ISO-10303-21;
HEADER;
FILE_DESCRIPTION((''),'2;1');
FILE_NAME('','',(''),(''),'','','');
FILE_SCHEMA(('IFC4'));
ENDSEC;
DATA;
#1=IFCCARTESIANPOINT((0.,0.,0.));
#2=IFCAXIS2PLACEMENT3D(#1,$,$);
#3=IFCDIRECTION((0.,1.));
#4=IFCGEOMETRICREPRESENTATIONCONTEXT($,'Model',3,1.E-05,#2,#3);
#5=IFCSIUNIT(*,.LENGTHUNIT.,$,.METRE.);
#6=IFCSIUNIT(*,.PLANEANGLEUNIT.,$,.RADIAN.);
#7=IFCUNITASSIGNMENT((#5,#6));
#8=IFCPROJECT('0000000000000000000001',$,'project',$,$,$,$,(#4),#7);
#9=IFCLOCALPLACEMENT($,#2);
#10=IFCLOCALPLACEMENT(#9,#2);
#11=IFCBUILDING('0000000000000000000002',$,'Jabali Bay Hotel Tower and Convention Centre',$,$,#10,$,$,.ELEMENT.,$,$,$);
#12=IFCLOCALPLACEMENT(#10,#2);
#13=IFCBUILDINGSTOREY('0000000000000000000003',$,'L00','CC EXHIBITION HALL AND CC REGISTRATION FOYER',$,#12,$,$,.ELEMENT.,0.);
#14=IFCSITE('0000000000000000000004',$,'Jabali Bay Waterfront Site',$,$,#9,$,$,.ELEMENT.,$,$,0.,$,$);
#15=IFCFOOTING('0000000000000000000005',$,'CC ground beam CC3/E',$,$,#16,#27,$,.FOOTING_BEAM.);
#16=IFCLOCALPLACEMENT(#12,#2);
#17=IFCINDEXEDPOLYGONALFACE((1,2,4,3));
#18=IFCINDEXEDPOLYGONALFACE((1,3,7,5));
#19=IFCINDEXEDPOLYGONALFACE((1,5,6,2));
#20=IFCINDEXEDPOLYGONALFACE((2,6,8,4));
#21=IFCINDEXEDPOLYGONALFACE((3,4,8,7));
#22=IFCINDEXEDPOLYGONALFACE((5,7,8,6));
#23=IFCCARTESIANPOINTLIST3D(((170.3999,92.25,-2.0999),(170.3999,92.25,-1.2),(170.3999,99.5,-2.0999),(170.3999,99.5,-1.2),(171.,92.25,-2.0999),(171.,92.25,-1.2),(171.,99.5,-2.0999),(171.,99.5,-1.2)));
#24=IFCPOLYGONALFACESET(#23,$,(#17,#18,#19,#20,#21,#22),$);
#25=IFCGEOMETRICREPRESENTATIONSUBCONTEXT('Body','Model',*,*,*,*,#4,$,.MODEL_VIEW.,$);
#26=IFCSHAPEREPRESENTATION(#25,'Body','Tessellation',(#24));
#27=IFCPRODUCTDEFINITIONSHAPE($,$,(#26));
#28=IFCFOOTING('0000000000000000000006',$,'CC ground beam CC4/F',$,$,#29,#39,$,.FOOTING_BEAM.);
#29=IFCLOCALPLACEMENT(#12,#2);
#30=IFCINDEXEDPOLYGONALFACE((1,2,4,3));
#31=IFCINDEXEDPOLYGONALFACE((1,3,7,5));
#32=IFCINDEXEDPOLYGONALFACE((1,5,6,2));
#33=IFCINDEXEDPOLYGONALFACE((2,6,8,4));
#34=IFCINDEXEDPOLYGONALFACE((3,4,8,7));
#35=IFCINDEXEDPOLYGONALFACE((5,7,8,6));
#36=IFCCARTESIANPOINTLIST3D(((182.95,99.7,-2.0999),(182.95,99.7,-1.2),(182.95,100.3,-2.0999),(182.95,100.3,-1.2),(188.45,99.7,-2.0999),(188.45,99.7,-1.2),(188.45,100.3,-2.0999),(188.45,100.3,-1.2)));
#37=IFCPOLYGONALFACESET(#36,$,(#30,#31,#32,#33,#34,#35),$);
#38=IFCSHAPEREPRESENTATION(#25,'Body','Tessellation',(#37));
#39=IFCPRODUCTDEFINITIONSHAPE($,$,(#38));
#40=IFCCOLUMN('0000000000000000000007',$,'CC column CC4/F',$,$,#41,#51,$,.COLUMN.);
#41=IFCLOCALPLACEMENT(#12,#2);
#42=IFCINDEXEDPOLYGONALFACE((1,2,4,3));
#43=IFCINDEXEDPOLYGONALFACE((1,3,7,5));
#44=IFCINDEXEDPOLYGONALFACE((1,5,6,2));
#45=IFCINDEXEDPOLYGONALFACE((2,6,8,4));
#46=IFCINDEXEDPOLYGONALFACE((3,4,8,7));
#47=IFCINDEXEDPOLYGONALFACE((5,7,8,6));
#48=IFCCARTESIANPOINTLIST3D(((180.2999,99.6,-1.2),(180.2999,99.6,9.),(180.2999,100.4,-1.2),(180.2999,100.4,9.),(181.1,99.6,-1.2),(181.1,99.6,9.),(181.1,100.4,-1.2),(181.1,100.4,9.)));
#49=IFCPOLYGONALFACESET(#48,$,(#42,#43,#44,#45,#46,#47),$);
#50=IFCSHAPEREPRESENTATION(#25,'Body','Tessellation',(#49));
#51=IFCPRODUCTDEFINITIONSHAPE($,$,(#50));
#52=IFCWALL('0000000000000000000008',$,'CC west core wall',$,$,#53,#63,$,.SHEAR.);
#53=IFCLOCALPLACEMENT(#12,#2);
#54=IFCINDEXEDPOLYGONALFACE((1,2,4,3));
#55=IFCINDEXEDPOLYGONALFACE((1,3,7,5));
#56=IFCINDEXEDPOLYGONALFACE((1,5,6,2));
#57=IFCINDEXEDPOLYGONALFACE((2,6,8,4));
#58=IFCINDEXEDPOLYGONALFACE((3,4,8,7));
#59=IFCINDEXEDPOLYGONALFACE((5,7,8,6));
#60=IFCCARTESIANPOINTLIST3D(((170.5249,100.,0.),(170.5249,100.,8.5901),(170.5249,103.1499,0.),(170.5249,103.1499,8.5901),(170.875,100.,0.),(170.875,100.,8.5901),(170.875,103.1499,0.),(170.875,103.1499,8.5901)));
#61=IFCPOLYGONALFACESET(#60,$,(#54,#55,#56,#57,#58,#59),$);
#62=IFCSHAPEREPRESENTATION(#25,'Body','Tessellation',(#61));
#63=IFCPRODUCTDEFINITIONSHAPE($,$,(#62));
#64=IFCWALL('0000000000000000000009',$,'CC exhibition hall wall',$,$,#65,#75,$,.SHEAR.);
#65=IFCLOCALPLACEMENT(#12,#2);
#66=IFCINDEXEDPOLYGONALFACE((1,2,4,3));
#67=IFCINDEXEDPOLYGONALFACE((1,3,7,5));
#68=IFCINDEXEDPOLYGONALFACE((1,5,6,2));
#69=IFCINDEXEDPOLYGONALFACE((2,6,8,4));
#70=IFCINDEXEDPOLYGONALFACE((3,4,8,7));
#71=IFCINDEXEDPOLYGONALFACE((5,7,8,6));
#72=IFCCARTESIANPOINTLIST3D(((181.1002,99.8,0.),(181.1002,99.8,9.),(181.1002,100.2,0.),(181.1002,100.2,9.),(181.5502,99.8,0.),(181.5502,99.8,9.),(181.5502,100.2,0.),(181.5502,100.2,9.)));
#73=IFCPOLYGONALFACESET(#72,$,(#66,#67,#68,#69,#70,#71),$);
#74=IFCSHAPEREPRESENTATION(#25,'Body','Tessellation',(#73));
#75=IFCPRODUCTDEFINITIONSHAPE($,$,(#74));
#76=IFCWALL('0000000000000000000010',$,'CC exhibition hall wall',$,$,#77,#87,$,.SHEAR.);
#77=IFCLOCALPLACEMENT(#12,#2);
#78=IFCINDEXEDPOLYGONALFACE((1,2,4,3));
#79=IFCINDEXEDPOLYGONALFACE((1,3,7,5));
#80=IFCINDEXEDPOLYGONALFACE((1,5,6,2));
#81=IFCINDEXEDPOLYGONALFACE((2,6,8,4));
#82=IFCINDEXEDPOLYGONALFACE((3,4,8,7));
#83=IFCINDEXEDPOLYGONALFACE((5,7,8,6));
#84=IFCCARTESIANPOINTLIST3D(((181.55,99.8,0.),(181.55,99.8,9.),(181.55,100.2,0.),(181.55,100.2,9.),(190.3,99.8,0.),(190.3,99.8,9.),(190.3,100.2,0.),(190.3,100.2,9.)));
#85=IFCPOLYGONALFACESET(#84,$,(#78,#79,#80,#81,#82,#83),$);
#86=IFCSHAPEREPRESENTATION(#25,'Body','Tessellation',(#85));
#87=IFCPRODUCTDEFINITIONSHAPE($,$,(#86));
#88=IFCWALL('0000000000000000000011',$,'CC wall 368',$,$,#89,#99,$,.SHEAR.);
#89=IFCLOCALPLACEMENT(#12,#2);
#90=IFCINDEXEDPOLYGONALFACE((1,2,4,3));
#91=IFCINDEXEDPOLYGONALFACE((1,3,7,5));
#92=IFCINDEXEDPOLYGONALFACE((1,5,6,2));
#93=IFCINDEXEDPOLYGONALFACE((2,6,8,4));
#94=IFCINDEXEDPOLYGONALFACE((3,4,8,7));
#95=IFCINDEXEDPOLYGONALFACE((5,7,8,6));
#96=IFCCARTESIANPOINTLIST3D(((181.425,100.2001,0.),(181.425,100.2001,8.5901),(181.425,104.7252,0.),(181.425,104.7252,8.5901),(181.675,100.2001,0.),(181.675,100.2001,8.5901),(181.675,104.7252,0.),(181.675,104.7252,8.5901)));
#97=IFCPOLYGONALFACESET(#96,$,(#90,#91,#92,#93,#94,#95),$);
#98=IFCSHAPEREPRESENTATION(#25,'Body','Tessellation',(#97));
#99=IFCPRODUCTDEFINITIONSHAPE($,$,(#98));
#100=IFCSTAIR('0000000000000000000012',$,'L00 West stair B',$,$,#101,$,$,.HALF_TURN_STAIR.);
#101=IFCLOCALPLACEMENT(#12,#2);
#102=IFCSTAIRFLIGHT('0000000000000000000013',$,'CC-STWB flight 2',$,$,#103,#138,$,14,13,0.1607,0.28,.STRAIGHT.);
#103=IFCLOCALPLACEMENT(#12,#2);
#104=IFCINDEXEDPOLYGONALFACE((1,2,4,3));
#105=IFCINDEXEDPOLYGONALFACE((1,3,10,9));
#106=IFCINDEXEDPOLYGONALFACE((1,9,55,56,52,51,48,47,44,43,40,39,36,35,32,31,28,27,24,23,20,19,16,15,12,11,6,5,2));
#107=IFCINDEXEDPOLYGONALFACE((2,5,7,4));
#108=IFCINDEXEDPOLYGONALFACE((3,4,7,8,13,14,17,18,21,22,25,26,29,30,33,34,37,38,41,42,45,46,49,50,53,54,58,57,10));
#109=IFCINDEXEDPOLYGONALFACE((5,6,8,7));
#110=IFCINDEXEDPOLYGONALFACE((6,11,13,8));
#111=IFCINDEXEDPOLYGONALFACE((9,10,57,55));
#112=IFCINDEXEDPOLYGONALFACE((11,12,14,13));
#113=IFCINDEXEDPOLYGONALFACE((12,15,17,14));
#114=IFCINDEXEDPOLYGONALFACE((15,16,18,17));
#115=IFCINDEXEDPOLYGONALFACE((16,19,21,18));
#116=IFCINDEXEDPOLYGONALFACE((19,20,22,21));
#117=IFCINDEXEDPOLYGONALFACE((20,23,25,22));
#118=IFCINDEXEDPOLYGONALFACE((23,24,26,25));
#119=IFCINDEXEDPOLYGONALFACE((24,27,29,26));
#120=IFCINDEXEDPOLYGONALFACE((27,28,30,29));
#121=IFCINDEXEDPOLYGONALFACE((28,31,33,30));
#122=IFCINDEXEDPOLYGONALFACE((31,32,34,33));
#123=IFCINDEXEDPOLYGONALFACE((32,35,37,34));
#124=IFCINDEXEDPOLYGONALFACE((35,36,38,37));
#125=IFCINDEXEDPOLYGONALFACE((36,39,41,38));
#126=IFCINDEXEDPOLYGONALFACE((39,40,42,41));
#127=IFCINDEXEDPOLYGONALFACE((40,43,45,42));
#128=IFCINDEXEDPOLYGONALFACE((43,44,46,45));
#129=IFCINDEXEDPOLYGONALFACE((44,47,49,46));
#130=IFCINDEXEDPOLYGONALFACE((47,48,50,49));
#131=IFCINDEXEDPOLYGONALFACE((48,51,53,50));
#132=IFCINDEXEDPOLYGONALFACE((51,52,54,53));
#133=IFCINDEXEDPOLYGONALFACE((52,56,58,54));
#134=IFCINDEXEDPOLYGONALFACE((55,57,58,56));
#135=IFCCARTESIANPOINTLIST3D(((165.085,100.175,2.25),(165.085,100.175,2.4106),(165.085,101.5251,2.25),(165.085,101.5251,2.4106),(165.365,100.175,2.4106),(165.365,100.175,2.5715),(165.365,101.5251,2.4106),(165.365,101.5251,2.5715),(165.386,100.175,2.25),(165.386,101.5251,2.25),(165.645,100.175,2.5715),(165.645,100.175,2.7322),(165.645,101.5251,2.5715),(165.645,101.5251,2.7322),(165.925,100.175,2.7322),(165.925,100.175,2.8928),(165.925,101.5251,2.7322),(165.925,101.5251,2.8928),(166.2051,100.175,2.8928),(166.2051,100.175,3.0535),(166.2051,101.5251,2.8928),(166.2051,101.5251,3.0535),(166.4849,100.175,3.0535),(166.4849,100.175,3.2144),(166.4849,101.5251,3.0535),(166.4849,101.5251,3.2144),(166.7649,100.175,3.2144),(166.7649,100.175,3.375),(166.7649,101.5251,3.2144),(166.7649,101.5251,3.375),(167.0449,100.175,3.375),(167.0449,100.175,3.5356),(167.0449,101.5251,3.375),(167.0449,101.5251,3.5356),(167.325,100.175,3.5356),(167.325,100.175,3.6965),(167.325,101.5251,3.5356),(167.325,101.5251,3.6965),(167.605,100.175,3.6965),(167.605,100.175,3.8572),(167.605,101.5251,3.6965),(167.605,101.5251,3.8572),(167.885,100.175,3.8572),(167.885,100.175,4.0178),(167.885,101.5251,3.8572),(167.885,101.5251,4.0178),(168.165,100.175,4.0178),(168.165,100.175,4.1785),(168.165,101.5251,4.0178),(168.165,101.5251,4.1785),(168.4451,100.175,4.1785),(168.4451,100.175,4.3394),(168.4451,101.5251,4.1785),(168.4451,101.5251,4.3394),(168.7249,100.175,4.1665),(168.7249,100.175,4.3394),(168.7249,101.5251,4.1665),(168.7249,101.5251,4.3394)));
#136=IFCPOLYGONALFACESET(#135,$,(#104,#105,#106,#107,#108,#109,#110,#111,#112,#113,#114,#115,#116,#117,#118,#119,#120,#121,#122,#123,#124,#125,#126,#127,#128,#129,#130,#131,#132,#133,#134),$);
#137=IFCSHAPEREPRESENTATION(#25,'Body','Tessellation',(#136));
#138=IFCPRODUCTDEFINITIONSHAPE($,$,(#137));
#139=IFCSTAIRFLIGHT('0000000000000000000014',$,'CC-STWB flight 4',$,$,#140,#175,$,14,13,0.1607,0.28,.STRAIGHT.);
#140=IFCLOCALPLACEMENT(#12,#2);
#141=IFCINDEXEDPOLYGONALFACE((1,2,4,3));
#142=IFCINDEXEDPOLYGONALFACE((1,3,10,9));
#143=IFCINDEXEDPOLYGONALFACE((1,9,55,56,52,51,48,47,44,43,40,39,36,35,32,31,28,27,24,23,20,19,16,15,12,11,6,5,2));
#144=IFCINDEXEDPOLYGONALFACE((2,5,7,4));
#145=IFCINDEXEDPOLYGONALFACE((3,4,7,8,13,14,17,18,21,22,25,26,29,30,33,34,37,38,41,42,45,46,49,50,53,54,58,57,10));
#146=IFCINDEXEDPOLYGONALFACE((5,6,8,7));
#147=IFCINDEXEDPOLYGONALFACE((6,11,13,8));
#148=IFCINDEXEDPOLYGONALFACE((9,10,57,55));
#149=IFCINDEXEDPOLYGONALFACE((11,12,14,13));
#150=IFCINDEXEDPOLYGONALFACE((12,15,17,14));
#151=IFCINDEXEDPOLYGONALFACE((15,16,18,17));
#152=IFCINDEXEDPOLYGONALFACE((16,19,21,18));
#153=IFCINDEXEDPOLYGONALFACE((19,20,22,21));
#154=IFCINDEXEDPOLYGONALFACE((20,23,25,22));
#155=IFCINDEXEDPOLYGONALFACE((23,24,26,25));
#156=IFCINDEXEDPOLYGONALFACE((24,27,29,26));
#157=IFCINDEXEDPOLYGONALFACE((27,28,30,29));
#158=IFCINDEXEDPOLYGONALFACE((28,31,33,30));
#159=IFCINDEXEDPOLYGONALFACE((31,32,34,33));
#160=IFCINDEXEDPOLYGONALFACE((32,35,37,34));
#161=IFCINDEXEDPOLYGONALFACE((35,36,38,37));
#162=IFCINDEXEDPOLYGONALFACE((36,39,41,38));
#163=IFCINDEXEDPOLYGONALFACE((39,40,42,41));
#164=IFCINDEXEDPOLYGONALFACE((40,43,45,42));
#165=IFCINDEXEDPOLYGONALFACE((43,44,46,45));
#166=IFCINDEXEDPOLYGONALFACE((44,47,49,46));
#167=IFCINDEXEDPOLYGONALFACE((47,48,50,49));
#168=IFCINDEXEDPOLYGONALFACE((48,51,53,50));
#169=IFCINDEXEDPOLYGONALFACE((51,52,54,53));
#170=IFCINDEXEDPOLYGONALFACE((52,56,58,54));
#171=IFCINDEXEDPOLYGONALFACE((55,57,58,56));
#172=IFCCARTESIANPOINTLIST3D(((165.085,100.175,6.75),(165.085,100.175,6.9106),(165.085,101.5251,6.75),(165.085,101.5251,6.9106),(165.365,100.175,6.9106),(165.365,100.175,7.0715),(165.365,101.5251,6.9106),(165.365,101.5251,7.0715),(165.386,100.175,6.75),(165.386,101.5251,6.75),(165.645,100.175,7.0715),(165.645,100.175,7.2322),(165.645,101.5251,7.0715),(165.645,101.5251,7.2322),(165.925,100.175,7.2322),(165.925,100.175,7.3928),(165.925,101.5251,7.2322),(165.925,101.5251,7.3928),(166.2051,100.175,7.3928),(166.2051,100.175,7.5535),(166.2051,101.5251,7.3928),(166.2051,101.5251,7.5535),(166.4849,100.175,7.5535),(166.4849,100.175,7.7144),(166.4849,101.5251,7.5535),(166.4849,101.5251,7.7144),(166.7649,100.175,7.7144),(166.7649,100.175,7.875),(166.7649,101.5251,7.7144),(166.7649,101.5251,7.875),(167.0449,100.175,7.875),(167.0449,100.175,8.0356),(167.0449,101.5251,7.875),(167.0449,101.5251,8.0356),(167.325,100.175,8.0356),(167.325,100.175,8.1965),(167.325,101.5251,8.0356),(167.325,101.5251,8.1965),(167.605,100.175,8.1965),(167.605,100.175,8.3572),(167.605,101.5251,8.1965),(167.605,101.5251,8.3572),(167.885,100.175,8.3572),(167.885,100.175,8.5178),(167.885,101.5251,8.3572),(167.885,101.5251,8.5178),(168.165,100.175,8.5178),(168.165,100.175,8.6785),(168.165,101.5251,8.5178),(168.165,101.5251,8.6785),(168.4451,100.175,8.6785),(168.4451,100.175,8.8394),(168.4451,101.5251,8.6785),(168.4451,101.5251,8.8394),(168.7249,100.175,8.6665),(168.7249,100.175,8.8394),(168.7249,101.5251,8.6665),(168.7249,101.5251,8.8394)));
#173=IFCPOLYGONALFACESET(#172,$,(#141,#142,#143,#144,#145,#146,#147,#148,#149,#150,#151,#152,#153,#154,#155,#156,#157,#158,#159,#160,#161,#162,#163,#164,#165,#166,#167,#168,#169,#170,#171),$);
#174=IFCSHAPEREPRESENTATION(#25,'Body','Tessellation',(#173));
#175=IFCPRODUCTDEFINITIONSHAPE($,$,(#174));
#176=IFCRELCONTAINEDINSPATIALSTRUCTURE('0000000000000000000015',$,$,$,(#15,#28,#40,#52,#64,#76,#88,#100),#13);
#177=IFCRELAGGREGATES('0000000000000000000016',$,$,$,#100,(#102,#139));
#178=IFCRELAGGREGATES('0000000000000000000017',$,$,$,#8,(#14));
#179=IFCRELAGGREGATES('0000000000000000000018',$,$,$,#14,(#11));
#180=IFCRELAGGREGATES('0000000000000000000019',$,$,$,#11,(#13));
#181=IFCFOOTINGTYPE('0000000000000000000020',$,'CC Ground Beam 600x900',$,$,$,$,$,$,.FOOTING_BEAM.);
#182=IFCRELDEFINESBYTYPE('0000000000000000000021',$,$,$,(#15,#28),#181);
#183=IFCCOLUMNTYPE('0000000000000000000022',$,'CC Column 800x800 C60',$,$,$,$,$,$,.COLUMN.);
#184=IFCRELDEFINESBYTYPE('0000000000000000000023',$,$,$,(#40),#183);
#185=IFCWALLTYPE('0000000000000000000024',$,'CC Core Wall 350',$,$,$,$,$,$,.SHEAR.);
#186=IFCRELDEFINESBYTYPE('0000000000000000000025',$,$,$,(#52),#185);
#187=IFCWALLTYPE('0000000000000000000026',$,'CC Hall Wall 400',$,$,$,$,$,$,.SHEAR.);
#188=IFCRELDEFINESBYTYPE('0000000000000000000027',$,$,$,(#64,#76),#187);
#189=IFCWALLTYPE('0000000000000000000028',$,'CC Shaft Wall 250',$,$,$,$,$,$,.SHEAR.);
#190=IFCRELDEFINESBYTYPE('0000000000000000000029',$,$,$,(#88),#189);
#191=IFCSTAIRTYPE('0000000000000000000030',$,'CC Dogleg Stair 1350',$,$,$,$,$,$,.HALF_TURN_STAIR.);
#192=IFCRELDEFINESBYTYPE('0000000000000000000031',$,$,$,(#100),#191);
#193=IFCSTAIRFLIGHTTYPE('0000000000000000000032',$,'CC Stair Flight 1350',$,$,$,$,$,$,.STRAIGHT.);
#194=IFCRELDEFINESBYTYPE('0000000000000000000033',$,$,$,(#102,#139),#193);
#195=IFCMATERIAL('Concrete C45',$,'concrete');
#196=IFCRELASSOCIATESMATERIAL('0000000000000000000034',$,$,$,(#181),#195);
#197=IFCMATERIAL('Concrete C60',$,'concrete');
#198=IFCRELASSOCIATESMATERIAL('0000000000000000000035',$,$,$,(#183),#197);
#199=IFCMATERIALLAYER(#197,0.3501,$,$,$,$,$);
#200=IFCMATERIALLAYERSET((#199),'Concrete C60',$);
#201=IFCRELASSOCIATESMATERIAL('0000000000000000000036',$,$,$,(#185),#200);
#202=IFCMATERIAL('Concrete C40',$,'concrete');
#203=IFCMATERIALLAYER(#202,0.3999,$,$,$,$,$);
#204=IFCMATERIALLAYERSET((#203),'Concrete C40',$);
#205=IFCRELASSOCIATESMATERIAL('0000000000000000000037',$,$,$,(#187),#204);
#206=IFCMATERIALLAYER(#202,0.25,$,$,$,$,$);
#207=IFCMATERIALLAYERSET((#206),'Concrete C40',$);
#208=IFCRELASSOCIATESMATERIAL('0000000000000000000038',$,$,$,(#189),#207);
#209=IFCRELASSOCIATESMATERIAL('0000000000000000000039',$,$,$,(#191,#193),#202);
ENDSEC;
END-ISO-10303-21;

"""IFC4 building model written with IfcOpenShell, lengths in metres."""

from ifc_helpers import new_model, si_unit, direction, frame, frame_2d, origin, origin_2d, place, context, subcontext, project, spatial, polyline, rectangle, outline, extrude, material, layer, layer_set, material_profile, profile_set, type_object, element, aggregate, save


model = new_model("IFC4")

# Units and contexts
model_context = context("Model", 3, precision=1e-05, world=origin(), true_north=direction((0.0, 1.0)))
body_context = subcontext(model_context, "Body", "Model", "MODEL_VIEW")
ifc_project = project(units=[si_unit("LENGTHUNIT", "METRE"), si_unit("PLANEANGLEUNIT", "RADIAN")], contexts=[model_context])

# Site, building, storey
site_placement = place(None, origin())
site = spatial("IfcSite", under=ifc_project, at=site_placement, Name="Jabali Bay Waterfront Site", CompositionType="ELEMENT", RefElevation=0.0)
building_placement = place(site_placement, origin())
building = spatial("IfcBuilding", under=site, at=building_placement, Name="Jabali Bay Hotel Tower and Convention Centre", CompositionType="ELEMENT")
storey_placement = place(building_placement, origin())
storey = spatial("IfcBuildingStorey", under=building, at=storey_placement, Name="L00", Description="CC EXHIBITION HALL AND CC REGISTRATION FOYER", CompositionType="ELEMENT", Elevation=0.0)

# Shared definitions
ifc_material_1 = material(Name="Concrete C45", Category="concrete")

# Footings
ifc_material_profile_1 = material_profile(ifc_material_1, rectangle(XDim=0.6001, YDim=0.8999, at=origin_2d()), Name="RC 600x900")
ifc_profile_set_1 = profile_set([ifc_material_profile_1], Name="Concrete C45")
footing_type = type_object("IfcFootingType", Name="CC Ground Beam 600x900", PredefinedType="FOOTING_BEAM", material=ifc_profile_set_1)
footing_1_placement = place(storey_placement, frame((170.7, 92.25, -1.6499), z_axis=(0.0, 1.0, 0.0), x_axis=(-1.0, 0.0, 0.0)))
element("IfcFooting", 1, at=footing_1_placement, inside=storey, type_object=footing_type, Name="CC ground beam CC3/E", PredefinedType="FOOTING_BEAM", context=body_context, shape_type="SweptSolid", body=[
    extrude(rectangle(XDim=0.6001, YDim=0.8999, at=origin_2d()), origin(), (0.0, 0.0, 1.0), 7.25),
])
footing_2_placement = place(storey_placement, frame((182.95, 100.0, -1.6499), z_axis=(1.0, 0.0, 0.0), x_axis=(0.0, 1.0, 0.0)))
element("IfcFooting", 2, at=footing_2_placement, inside=storey, type_object=footing_type, Name="CC ground beam CC4/F", PredefinedType="FOOTING_BEAM", context=body_context, shape_type="SweptSolid", body=[
    extrude(rectangle(XDim=0.6001, YDim=0.8999, at=origin_2d()), origin(), (0.0, 0.0, 1.0), 5.5),
])

# Column
ifc_material_2 = material(Name="Concrete C60", Category="concrete")
ifc_material_profile_2 = material_profile(ifc_material_2, rectangle(XDim=0.8, YDim=0.8, at=origin_2d()), Name="RC 800x800")
ifc_profile_set_2 = profile_set([ifc_material_profile_2], Name="Concrete C60")
column_type = type_object("IfcColumnType", Name="CC Column 800x800 C60", PredefinedType="COLUMN", material=ifc_profile_set_2)
column_placement = place(storey_placement, frame((180.7, 100.0, -1.2), z_axis=(0.0, 0.0, 1.0), x_axis=(1.0, 0.0, 0.0)))
element("IfcColumn", 3, at=column_placement, inside=storey, type_object=column_type, Name="CC column CC4/F", PredefinedType="COLUMN", context=body_context, shape_type="SweptSolid", body=[
    extrude(rectangle(XDim=0.8, YDim=0.8, at=origin_2d()), origin(), (0.0, 0.0, 1.0), 10.2),
])

# Wall
ifc_layer_1 = layer(ifc_material_2, 0.3501)
ifc_layer_set_1 = layer_set([ifc_layer_1], Name="Concrete C60")
wall_type_1 = type_object("IfcWallType", Name="CC Core Wall 350", PredefinedType="SHEAR", material=ifc_layer_set_1)
wall_1_placement = place(storey_placement, frame((170.7, 100.0, 0.0), z_axis=(0.0, 0.0, 1.0), x_axis=(0.0, 1.0, 0.0)))
element("IfcWall", 4, at=wall_1_placement, inside=storey, type_object=wall_type_1, Name="CC west core wall", PredefinedType="SHEAR", context=body_context, shape_type="SweptSolid", body=[
    extrude(rectangle(XDim=3.1499, YDim=0.3501, at=frame_2d((1.575, 0.0))), origin(), (0.0, 0.0, 1.0), 8.5901),
])

# Shared definitions
ifc_material_3 = material(Name="Concrete C40", Category="concrete")
ifc_layer_2 = layer(ifc_material_3, 0.3999)
ifc_layer_set_2 = layer_set([ifc_layer_2], Name="Concrete C40")
wall_type_2 = type_object("IfcWallType", Name="CC Hall Wall 400", PredefinedType="SHEAR", material=ifc_layer_set_2)

# Walls
wall_2_placement = place(storey_placement, frame((181.1001, 100.0, 0.0), z_axis=(0.0, 0.0, 1.0), x_axis=(1.0, 0.0, 0.0)))
element("IfcWall", 5, at=wall_2_placement, inside=storey, type_object=wall_type_2, Name="CC exhibition hall wall", PredefinedType="SHEAR", context=body_context, shape_type="SweptSolid", body=[
    extrude(rectangle(XDim=0.45, YDim=0.3999, at=frame_2d((0.2251, 0.0))), origin(), (0.0, 0.0, 1.0), 9.0),
])
wall_3_placement = place(storey_placement, frame((181.55, 100.0, 0.0), z_axis=(0.0, 0.0, 1.0), x_axis=(1.0, 0.0, 0.0)))
element("IfcWall", 6, at=wall_3_placement, inside=storey, type_object=wall_type_2, Name="CC exhibition hall wall", PredefinedType="SHEAR", context=body_context, shape_type="SweptSolid", body=[
    extrude(rectangle(XDim=8.75, YDim=0.3999, at=frame_2d((4.375, 0.0))), origin(), (0.0, 0.0, 1.0), 9.0),
])
ifc_layer_3 = layer(ifc_material_3, 0.25)
ifc_layer_set_3 = layer_set([ifc_layer_3], Name="Concrete C40")
wall_type_3 = type_object("IfcWallType", Name="CC Shaft Wall 250", PredefinedType="SHEAR", material=ifc_layer_set_3)
wall_4_placement = place(storey_placement, frame((181.55, 100.2, 0.0), z_axis=(0.0, 0.0, 1.0), x_axis=(0.0, 1.0, 0.0)))
element("IfcWall", 7, at=wall_4_placement, inside=storey, type_object=wall_type_3, Name="CC wall 368", PredefinedType="SHEAR", context=body_context, shape_type="SweptSolid", body=[
    extrude(rectangle(XDim=4.5251, YDim=0.25, at=frame_2d((2.2627, 0.0))), origin(), (0.0, 0.0, 1.0), 8.5901),
])

# Stair, stair flights
stair_type = type_object("IfcStairType", Name="CC Dogleg Stair 1350", PredefinedType="HALF_TURN_STAIR", material=ifc_material_3)
stair_1_placement = place(storey_placement, origin())
stair_1 = element("IfcStair", 8, at=stair_1_placement, inside=storey, type_object=stair_type, Name="L00 West stair B", PredefinedType="HALF_TURN_STAIR")
stair_flight_type = type_object("IfcStairFlightType", Name="CC Stair Flight 1350", PredefinedType="STRAIGHT", material=ifc_material_3)
stair_flight_1_placement = place(storey_placement, frame((165.085, 100.8501, 2.25), z_axis=(0.0, 0.0, 1.0), x_axis=(1.0, 0.0, 0.0)))
stair_flight_1 = element("IfcStairFlight", 9, at=stair_flight_1_placement, type_object=stair_flight_type, Name="CC-STWB flight 2", NumberOfRisers=14, NumberOfTreads=13, PredefinedType="STRAIGHT", RiserHeight=0.1607, TreadLength=0.28, context=body_context, shape_type="SweptSolid", body=[
    extrude(outline(polyline([(0.0, 0.0), (0.0, 0.1606), (0.28, 0.1606), (0.28, 0.3215), (0.5601, 0.3215), (0.5601, 0.4822), (0.8401, 0.4822), (0.8401, 0.6428), (1.1201, 0.6428), (1.1201, 0.8035), (1.3999, 0.8035), (1.3999, 0.9644), (1.6799, 0.9644), (1.6799, 1.125), (1.96, 1.125), (1.96, 1.2856), (2.24, 1.2856), (2.24, 1.4465), (2.52, 1.4465), (2.52, 1.6072), (2.8, 1.6072), (2.8, 1.7678), (3.0801, 1.7678), (3.0801, 1.9285), (3.3601, 1.9285), (3.3601, 2.0894), (3.6399, 2.0894), (3.6399, 2.25), (3.6399, 1.9165), (0.301, 0.0), (0.0, 0.0)])), frame((0.0, 0.675, 0.0), z_axis=(0.0, -1.0, 0.0), x_axis=(1.0, 0.0, 0.0)), (0.0, 0.0, 1.0), 1.3501),
])
stair_flight_2_placement = place(storey_placement, frame((165.085, 100.8501, 6.75), z_axis=(0.0, 0.0, 1.0), x_axis=(1.0, 0.0, 0.0)))
stair_flight_2 = element("IfcStairFlight", 10, at=stair_flight_2_placement, type_object=stair_flight_type, Name="CC-STWB flight 4", NumberOfRisers=14, NumberOfTreads=13, PredefinedType="STRAIGHT", RiserHeight=0.1607, TreadLength=0.28, context=body_context, shape_type="SweptSolid", body=[
    extrude(outline(polyline([(0.0, 0.0), (0.0, 0.1606), (0.28, 0.1606), (0.28, 0.3215), (0.5601, 0.3215), (0.5601, 0.4822), (0.8401, 0.4822), (0.8401, 0.6428), (1.1201, 0.6428), (1.1201, 0.8035), (1.3999, 0.8035), (1.3999, 0.9644), (1.6799, 0.9644), (1.6799, 1.125), (1.96, 1.125), (1.96, 1.2856), (2.24, 1.2856), (2.24, 1.4465), (2.52, 1.4465), (2.52, 1.6072), (2.8, 1.6072), (2.8, 1.7678), (3.0801, 1.7678), (3.0801, 1.9285), (3.3601, 1.9285), (3.3601, 2.0894), (3.6399, 2.0894), (3.6399, 2.25), (3.6399, 1.9165), (0.301, 0.0), (0.0, 0.0)])), frame((0.0, 0.675, 0.0), z_axis=(0.0, -1.0, 0.0), x_axis=(1.0, 0.0, 0.0)), (0.0, 0.0, 1.0), 1.3501),
])
aggregate(stair_1, [stair_flight_1, stair_flight_2])

save(model, "model.ifc")
